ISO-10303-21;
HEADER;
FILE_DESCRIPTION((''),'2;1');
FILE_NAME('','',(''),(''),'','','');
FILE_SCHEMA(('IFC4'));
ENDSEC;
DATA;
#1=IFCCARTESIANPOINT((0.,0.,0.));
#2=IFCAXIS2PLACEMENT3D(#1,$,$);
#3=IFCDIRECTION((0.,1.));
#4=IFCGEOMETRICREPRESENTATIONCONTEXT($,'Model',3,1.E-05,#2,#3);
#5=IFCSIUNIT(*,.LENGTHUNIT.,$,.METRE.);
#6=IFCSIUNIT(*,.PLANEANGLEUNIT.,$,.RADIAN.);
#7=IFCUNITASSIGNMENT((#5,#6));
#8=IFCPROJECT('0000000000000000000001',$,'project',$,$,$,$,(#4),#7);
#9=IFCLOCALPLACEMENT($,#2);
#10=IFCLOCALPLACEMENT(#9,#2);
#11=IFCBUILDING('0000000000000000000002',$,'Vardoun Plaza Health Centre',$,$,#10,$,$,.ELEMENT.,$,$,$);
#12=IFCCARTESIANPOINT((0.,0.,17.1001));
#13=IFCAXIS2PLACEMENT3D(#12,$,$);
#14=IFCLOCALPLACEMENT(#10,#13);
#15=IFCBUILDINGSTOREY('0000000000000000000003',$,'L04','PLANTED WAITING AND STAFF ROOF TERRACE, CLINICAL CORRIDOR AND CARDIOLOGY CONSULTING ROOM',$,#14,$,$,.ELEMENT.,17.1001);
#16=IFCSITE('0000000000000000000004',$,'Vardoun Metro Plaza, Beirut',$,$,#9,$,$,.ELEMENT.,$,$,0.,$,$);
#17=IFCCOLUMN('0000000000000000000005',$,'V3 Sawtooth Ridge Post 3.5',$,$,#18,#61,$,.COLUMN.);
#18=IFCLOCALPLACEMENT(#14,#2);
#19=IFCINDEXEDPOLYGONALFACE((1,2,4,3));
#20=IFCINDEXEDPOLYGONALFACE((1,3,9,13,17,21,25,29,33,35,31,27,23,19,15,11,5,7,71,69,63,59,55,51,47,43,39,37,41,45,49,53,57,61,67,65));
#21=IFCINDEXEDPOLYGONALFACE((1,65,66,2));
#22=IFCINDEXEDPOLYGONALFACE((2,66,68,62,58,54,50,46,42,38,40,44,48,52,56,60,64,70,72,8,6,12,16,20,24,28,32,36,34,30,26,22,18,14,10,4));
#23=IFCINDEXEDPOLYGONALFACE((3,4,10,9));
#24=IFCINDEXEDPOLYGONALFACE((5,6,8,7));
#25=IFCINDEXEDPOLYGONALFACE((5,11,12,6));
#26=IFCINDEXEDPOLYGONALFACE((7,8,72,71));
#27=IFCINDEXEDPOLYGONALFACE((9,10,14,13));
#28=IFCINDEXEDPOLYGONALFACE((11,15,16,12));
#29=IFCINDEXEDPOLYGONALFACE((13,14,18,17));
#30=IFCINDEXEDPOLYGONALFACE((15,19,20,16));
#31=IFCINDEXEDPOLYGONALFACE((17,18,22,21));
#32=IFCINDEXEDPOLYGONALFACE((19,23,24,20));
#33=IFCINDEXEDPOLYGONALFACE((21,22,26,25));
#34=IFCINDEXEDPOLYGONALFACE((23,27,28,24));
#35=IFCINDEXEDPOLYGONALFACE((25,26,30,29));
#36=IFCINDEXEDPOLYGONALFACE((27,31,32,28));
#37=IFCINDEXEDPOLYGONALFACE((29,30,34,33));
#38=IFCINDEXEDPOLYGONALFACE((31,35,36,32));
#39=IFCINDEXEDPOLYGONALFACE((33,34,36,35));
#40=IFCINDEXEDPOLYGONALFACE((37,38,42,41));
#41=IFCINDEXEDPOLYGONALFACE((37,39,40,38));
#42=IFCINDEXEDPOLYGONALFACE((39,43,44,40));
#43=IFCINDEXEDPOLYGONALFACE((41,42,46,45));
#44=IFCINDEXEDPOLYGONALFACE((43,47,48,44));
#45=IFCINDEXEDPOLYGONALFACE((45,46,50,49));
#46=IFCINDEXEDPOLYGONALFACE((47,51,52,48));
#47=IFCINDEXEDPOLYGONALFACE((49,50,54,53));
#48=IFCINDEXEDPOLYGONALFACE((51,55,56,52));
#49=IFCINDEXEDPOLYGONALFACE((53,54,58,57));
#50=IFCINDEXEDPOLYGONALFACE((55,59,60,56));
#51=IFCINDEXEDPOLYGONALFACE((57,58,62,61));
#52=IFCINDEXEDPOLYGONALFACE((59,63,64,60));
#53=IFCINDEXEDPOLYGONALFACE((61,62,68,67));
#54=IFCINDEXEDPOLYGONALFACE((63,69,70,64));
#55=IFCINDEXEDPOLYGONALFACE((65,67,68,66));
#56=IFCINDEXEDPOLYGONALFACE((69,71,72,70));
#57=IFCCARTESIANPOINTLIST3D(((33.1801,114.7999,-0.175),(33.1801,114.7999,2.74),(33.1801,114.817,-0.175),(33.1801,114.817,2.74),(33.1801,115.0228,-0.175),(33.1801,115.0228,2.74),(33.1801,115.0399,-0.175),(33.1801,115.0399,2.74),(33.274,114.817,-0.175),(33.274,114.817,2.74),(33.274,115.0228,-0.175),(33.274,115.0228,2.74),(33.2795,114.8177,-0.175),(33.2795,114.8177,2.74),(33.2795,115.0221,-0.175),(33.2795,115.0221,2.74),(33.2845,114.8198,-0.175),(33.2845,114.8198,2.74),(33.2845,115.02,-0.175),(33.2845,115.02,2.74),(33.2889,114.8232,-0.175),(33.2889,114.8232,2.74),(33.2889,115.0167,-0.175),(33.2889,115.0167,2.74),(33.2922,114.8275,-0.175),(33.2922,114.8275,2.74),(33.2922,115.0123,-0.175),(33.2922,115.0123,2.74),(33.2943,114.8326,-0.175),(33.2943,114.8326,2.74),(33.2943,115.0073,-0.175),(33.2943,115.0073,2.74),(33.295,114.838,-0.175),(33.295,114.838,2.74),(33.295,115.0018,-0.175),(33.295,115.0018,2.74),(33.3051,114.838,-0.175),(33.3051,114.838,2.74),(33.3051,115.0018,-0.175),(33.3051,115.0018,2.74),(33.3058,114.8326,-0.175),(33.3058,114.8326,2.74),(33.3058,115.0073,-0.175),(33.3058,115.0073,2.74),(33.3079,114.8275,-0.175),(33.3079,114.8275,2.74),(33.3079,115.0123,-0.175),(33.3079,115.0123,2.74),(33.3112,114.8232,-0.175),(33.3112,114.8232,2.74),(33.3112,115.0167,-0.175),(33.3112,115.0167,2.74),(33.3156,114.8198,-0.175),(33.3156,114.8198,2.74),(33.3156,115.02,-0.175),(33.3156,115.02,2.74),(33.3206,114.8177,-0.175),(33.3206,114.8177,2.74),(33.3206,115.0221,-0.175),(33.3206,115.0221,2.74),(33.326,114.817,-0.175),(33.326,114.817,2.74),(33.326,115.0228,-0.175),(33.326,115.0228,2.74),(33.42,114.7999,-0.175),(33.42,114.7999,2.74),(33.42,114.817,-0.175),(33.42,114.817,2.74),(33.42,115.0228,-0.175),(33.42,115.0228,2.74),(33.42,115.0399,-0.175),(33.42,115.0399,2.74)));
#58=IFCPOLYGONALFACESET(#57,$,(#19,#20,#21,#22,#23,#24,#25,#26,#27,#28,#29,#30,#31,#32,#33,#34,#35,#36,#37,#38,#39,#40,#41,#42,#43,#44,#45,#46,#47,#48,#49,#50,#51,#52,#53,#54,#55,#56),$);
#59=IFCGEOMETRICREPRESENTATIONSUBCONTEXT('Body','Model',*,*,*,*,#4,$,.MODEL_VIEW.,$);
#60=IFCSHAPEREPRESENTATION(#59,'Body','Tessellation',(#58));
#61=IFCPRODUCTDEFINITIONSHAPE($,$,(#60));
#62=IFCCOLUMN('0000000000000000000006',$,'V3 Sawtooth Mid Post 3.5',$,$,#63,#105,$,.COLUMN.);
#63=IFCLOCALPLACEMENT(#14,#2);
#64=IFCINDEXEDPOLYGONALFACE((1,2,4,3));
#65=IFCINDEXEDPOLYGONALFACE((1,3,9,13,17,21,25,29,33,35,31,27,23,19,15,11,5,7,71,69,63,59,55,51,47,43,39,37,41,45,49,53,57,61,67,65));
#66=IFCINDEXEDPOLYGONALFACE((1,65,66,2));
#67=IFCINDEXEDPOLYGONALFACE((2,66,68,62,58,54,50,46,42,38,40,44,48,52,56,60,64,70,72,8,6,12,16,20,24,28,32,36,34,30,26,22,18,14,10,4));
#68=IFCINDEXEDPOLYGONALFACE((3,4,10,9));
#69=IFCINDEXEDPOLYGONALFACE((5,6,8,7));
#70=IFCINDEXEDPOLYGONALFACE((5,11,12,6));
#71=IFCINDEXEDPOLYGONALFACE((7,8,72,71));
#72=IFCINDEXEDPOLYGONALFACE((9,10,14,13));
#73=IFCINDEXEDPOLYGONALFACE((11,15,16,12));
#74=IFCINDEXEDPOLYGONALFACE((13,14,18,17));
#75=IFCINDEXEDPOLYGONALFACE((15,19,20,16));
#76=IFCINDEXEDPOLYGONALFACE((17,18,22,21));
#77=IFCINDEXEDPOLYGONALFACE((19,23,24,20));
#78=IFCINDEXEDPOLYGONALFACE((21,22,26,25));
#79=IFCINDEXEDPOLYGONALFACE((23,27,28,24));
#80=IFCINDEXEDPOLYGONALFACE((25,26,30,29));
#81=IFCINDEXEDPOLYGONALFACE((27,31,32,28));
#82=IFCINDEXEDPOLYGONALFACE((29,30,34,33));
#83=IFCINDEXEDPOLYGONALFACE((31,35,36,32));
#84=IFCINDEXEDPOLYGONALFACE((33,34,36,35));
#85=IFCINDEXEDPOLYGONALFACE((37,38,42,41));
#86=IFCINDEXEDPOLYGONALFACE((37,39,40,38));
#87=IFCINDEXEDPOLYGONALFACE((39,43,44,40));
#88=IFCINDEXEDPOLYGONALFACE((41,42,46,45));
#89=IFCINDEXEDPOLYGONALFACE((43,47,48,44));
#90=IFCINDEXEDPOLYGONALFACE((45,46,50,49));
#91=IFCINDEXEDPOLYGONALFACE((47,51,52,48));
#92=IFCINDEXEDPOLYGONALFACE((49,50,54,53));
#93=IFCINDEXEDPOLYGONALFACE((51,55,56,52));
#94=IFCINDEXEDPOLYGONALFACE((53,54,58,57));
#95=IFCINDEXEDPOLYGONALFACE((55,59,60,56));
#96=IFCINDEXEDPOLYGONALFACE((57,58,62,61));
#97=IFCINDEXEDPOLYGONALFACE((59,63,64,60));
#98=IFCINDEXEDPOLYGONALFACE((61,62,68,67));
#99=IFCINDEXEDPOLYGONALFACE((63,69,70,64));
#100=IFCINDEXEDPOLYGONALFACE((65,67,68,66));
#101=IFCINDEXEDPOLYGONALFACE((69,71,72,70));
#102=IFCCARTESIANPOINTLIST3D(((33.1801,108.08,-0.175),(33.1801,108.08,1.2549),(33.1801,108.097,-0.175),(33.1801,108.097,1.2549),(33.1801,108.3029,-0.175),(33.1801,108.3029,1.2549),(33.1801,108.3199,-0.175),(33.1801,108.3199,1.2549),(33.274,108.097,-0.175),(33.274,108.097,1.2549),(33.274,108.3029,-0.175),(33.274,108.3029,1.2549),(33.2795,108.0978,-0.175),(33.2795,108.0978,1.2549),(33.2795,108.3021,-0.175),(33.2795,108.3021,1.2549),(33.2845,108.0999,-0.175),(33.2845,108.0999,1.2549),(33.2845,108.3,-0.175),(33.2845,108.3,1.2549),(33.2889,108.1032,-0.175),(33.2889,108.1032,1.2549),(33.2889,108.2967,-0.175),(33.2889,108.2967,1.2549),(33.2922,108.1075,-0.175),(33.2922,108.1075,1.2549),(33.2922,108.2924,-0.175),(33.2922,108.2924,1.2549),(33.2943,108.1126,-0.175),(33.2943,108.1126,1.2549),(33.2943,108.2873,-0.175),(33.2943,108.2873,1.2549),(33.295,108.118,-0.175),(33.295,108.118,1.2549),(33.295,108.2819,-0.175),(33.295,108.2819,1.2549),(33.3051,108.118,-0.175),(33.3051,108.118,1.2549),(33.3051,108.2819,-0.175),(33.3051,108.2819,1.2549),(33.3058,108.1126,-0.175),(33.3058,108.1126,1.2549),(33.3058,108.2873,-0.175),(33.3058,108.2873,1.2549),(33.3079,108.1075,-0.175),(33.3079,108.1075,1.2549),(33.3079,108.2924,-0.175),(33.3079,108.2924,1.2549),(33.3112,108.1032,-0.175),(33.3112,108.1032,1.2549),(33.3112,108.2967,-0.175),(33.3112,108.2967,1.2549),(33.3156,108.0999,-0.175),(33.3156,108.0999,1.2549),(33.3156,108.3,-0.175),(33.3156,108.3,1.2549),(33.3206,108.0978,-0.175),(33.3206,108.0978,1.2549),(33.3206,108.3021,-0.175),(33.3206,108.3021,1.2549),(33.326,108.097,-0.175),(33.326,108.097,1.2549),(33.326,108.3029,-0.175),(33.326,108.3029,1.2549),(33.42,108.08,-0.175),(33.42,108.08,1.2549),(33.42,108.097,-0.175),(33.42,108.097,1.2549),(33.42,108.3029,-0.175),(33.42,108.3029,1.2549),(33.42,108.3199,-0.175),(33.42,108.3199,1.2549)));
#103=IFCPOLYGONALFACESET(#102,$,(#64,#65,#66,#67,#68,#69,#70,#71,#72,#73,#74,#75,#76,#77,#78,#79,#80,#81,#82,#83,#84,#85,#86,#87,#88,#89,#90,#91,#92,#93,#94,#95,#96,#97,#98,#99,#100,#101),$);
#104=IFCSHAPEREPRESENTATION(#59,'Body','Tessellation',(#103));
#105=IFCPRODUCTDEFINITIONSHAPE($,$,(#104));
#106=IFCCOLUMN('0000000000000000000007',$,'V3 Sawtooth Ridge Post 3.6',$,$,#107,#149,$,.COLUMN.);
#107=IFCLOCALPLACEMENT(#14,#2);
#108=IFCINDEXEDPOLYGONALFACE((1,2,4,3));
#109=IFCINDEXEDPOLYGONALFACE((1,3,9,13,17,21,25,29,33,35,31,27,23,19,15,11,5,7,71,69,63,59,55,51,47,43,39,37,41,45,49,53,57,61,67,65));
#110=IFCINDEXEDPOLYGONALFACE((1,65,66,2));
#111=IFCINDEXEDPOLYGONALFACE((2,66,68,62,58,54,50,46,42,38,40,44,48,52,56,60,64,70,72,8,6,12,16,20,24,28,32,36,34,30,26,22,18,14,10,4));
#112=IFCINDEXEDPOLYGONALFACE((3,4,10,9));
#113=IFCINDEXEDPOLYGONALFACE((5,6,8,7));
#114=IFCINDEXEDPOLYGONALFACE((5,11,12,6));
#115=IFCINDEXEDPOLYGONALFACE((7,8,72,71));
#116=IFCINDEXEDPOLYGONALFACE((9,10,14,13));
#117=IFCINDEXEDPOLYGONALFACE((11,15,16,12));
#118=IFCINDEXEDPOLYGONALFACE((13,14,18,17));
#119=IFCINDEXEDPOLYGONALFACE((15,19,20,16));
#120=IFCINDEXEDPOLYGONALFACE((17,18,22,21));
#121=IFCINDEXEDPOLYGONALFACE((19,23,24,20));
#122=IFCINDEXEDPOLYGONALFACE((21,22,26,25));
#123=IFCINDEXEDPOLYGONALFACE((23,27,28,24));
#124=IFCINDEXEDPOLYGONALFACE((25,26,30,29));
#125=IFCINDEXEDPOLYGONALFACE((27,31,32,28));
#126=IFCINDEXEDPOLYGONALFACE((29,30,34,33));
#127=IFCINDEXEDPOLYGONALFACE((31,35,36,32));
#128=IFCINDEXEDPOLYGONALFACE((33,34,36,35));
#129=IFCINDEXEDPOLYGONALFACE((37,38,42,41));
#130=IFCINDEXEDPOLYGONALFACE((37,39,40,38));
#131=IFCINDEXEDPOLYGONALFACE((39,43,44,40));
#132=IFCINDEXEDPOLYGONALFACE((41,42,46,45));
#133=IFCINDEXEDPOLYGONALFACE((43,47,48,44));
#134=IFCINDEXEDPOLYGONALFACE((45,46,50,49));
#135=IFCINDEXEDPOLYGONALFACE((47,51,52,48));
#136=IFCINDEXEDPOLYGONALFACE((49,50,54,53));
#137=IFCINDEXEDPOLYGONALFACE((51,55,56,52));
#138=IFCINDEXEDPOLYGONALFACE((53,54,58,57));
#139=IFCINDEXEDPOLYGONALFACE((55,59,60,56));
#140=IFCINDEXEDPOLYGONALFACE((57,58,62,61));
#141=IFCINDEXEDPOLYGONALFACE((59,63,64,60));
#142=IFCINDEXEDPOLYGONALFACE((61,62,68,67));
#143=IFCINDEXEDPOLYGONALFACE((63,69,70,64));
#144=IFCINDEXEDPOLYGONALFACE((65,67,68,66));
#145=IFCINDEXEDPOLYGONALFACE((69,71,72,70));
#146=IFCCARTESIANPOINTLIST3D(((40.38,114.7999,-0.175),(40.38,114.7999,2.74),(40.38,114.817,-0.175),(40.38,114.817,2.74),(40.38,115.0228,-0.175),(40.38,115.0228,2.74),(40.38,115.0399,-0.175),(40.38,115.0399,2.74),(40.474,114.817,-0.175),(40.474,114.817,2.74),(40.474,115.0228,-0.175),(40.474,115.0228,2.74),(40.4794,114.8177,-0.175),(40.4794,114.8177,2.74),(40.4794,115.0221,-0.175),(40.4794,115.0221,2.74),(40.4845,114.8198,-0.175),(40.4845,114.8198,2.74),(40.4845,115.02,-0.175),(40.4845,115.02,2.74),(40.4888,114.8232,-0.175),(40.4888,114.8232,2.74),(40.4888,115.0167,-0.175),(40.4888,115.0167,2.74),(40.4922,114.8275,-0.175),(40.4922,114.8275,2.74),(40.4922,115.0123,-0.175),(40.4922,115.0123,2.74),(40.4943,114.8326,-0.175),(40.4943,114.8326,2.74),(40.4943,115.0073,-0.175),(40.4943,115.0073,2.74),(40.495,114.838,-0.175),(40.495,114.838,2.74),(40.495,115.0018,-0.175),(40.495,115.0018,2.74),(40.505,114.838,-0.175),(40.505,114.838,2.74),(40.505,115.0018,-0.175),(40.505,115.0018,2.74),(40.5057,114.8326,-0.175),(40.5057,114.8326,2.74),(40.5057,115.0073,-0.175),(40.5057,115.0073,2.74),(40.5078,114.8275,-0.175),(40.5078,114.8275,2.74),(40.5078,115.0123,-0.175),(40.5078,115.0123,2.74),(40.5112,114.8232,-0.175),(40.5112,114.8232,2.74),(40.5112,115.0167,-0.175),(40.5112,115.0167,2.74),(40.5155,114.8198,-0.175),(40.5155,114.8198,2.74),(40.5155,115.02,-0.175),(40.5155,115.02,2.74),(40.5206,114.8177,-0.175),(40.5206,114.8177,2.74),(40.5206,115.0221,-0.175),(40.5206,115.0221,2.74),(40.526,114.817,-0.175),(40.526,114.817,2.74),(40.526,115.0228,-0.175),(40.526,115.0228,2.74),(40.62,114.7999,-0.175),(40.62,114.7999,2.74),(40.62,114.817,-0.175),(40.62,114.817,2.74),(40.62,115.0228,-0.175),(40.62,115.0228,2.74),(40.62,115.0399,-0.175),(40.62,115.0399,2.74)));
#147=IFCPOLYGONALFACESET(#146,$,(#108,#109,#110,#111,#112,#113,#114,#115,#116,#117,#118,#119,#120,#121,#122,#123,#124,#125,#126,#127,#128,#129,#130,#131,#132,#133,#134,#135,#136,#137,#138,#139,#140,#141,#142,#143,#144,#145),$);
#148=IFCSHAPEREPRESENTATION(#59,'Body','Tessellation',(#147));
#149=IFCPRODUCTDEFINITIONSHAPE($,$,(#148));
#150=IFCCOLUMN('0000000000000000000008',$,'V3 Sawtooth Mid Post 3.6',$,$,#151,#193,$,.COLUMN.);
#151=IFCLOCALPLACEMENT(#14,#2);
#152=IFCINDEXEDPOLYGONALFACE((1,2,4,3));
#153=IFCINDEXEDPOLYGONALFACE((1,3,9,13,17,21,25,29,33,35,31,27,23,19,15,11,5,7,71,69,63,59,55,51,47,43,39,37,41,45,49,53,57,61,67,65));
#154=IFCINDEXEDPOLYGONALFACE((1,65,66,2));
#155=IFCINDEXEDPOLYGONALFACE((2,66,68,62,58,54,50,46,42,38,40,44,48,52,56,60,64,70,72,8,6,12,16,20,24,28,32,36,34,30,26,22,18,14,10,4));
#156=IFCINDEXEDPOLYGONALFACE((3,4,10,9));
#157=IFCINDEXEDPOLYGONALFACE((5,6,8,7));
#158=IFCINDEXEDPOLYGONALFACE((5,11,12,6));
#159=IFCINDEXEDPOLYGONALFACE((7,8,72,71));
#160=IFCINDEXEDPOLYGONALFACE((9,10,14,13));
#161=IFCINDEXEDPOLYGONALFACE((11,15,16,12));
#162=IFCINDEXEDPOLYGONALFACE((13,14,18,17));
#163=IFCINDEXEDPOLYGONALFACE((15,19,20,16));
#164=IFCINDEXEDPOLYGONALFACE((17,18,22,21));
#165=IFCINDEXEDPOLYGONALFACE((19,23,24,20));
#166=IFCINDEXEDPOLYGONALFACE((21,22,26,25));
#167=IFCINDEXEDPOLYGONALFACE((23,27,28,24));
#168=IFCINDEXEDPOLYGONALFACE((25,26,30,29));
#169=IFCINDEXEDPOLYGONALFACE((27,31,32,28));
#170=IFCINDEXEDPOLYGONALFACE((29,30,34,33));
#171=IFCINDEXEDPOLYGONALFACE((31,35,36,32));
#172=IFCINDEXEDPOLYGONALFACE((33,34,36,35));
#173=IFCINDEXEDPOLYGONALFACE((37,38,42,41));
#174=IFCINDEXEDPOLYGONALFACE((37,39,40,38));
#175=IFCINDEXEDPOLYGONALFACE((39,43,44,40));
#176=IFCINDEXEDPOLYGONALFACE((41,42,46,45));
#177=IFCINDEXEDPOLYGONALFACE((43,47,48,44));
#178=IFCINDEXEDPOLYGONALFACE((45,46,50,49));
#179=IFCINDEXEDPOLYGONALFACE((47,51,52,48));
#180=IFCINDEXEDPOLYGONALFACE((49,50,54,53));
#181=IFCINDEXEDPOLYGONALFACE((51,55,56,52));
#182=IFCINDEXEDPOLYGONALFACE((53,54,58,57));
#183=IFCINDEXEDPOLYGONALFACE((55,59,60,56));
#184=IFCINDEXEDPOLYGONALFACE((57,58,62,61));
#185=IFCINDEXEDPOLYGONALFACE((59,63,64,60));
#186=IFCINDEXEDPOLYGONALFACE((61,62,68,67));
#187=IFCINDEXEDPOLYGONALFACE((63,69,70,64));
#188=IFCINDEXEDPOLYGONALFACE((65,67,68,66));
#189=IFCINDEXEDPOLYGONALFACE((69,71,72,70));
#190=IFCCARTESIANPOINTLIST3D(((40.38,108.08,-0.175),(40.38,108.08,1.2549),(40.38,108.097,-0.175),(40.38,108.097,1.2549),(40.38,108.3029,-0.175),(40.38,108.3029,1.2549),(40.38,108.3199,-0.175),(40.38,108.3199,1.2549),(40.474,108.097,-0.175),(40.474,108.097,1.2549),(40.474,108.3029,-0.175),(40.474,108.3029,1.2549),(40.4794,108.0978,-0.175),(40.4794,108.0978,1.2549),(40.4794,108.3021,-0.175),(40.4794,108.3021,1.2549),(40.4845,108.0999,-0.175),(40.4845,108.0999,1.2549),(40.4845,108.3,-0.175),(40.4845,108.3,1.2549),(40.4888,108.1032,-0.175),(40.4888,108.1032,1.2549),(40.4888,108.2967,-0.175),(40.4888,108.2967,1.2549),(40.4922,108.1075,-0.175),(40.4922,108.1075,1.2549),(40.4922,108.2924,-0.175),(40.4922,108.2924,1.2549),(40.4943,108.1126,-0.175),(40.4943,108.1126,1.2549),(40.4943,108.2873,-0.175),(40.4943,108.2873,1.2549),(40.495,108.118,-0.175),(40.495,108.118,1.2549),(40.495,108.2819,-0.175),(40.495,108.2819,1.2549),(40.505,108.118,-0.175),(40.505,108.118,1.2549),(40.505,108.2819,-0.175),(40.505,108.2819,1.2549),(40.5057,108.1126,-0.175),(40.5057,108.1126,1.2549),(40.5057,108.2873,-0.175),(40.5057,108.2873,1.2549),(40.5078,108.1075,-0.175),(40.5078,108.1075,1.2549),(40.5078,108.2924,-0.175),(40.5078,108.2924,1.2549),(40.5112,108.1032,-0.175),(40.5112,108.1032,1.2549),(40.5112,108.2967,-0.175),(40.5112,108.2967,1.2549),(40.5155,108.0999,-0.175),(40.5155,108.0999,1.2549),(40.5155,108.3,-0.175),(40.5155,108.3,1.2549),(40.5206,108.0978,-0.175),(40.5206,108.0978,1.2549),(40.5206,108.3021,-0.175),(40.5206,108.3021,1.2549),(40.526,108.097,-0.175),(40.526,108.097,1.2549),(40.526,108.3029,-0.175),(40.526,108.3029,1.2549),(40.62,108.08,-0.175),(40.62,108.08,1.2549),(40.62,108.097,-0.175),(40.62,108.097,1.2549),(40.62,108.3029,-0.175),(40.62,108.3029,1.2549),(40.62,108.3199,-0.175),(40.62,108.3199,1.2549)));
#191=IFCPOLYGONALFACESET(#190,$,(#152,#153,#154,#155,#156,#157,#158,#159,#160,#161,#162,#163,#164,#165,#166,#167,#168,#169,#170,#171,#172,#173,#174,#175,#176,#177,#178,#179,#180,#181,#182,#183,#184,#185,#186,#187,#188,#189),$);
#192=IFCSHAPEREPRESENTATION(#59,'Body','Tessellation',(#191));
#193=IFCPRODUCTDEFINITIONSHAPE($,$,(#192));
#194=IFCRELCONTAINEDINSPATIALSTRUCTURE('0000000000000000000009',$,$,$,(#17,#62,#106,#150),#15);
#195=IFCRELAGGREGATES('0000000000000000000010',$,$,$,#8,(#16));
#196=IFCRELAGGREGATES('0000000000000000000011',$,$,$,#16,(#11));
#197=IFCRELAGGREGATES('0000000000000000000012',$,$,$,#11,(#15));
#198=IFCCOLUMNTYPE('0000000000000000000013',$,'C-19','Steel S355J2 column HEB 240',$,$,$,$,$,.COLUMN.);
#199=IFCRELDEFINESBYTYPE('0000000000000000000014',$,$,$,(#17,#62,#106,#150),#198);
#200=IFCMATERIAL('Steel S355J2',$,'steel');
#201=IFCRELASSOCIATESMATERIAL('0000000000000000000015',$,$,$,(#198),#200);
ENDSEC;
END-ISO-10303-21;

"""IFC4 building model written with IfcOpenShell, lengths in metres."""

from ifc_helpers import new_model, si_unit, direction, frame, origin, origin_2d, place, context, subcontext, project, spatial, i_section, extrude, material, material_profile, profile_set, type_object, element, save


model = new_model("IFC4")

# Units and contexts
model_context = context("Model", 3, precision=1e-05, world=origin(), true_north=direction((0.0, 1.0)))
body_context = subcontext(model_context, "Body", "Model", "MODEL_VIEW")
ifc_project = project(units=[si_unit("LENGTHUNIT", "METRE"), si_unit("PLANEANGLEUNIT", "RADIAN")], contexts=[model_context])

# Site, building, storey
site_placement = place(None, origin())
site = spatial("IfcSite", under=ifc_project, at=site_placement, Name="Vardoun Metro Plaza, Beirut", CompositionType="ELEMENT", RefElevation=0.0)
building_placement = place(site_placement, origin())
building = spatial("IfcBuilding", under=site, at=building_placement, Name="Vardoun Plaza Health Centre", CompositionType="ELEMENT")
storey_placement = place(building_placement, frame((0.0, 0.0, 17.1001)))
storey = spatial("IfcBuildingStorey", under=building, at=storey_placement, Name="L04", Description="PLANTED WAITING AND STAFF ROOF TERRACE, CLINICAL CORRIDOR AND CARDIOLOGY CONSULTING ROOM", CompositionType="ELEMENT", Elevation=17.1001)

# Columns
ifc_material_1 = material(Name="Steel S355J2", Category="steel")
ifc_material_profile_1 = material_profile(ifc_material_1, i_section(OverallWidth=0.24, OverallDepth=0.24, WebThickness=0.01, FlangeThickness=0.0171, FilletRadius=0.021, at=origin_2d()), Name="HEB 240")
ifc_profile_set_1 = profile_set([ifc_material_profile_1], Name="Steel S355J2")
column_type = type_object("IfcColumnType", Name="C-19", Description="Steel S355J2 column HEB 240", PredefinedType="COLUMN", material=ifc_profile_set_1)
column_1_placement = place(storey_placement, frame((33.3, 114.9199, -0.175), z_axis=(0.0, 0.0, 1.0), x_axis=(1.0, 0.0, 0.0)))
element("IfcColumn", 1, at=column_1_placement, inside=storey, type_object=column_type, Name="V3 Sawtooth Ridge Post 3.5", PredefinedType="COLUMN", context=body_context, shape_type="SweptSolid", body=[
    extrude(i_section(OverallWidth=0.24, OverallDepth=0.24, WebThickness=0.01, FlangeThickness=0.0171, FilletRadius=0.021, at=origin_2d()), origin(), (0.0, 0.0, 1.0), 2.915),
])
column_2_placement = place(storey_placement, frame((33.3, 108.2, -0.175), z_axis=(0.0, 0.0, 1.0), x_axis=(1.0, 0.0, 0.0)))
element("IfcColumn", 2, at=column_2_placement, inside=storey, type_object=column_type, Name="V3 Sawtooth Mid Post 3.5", PredefinedType="COLUMN", context=body_context, shape_type="SweptSolid", body=[
    extrude(i_section(OverallWidth=0.24, OverallDepth=0.24, WebThickness=0.01, FlangeThickness=0.0171, FilletRadius=0.021, at=origin_2d()), origin(), (0.0, 0.0, 1.0), 1.4299),
])
column_3_placement = place(storey_placement, frame((40.5, 114.9199, -0.175), z_axis=(0.0, 0.0, 1.0), x_axis=(1.0, 0.0, 0.0)))
element("IfcColumn", 3, at=column_3_placement, inside=storey, type_object=column_type, Name="V3 Sawtooth Ridge Post 3.6", PredefinedType="COLUMN", context=body_context, shape_type="SweptSolid", body=[
    extrude(i_section(OverallWidth=0.24, OverallDepth=0.24, WebThickness=0.01, FlangeThickness=0.0171, FilletRadius=0.021, at=origin_2d()), origin(), (0.0, 0.0, 1.0), 2.915),
])
column_4_placement = place(storey_placement, frame((40.5, 108.2, -0.175), z_axis=(0.0, 0.0, 1.0), x_axis=(1.0, 0.0, 0.0)))
element("IfcColumn", 4, at=column_4_placement, inside=storey, type_object=column_type, Name="V3 Sawtooth Mid Post 3.6", PredefinedType="COLUMN", context=body_context, shape_type="SweptSolid", body=[
    extrude(i_section(OverallWidth=0.24, OverallDepth=0.24, WebThickness=0.01, FlangeThickness=0.0171, FilletRadius=0.021, at=origin_2d()), origin(), (0.0, 0.0, 1.0), 1.4299),
])

save(model, "model.ifc")
